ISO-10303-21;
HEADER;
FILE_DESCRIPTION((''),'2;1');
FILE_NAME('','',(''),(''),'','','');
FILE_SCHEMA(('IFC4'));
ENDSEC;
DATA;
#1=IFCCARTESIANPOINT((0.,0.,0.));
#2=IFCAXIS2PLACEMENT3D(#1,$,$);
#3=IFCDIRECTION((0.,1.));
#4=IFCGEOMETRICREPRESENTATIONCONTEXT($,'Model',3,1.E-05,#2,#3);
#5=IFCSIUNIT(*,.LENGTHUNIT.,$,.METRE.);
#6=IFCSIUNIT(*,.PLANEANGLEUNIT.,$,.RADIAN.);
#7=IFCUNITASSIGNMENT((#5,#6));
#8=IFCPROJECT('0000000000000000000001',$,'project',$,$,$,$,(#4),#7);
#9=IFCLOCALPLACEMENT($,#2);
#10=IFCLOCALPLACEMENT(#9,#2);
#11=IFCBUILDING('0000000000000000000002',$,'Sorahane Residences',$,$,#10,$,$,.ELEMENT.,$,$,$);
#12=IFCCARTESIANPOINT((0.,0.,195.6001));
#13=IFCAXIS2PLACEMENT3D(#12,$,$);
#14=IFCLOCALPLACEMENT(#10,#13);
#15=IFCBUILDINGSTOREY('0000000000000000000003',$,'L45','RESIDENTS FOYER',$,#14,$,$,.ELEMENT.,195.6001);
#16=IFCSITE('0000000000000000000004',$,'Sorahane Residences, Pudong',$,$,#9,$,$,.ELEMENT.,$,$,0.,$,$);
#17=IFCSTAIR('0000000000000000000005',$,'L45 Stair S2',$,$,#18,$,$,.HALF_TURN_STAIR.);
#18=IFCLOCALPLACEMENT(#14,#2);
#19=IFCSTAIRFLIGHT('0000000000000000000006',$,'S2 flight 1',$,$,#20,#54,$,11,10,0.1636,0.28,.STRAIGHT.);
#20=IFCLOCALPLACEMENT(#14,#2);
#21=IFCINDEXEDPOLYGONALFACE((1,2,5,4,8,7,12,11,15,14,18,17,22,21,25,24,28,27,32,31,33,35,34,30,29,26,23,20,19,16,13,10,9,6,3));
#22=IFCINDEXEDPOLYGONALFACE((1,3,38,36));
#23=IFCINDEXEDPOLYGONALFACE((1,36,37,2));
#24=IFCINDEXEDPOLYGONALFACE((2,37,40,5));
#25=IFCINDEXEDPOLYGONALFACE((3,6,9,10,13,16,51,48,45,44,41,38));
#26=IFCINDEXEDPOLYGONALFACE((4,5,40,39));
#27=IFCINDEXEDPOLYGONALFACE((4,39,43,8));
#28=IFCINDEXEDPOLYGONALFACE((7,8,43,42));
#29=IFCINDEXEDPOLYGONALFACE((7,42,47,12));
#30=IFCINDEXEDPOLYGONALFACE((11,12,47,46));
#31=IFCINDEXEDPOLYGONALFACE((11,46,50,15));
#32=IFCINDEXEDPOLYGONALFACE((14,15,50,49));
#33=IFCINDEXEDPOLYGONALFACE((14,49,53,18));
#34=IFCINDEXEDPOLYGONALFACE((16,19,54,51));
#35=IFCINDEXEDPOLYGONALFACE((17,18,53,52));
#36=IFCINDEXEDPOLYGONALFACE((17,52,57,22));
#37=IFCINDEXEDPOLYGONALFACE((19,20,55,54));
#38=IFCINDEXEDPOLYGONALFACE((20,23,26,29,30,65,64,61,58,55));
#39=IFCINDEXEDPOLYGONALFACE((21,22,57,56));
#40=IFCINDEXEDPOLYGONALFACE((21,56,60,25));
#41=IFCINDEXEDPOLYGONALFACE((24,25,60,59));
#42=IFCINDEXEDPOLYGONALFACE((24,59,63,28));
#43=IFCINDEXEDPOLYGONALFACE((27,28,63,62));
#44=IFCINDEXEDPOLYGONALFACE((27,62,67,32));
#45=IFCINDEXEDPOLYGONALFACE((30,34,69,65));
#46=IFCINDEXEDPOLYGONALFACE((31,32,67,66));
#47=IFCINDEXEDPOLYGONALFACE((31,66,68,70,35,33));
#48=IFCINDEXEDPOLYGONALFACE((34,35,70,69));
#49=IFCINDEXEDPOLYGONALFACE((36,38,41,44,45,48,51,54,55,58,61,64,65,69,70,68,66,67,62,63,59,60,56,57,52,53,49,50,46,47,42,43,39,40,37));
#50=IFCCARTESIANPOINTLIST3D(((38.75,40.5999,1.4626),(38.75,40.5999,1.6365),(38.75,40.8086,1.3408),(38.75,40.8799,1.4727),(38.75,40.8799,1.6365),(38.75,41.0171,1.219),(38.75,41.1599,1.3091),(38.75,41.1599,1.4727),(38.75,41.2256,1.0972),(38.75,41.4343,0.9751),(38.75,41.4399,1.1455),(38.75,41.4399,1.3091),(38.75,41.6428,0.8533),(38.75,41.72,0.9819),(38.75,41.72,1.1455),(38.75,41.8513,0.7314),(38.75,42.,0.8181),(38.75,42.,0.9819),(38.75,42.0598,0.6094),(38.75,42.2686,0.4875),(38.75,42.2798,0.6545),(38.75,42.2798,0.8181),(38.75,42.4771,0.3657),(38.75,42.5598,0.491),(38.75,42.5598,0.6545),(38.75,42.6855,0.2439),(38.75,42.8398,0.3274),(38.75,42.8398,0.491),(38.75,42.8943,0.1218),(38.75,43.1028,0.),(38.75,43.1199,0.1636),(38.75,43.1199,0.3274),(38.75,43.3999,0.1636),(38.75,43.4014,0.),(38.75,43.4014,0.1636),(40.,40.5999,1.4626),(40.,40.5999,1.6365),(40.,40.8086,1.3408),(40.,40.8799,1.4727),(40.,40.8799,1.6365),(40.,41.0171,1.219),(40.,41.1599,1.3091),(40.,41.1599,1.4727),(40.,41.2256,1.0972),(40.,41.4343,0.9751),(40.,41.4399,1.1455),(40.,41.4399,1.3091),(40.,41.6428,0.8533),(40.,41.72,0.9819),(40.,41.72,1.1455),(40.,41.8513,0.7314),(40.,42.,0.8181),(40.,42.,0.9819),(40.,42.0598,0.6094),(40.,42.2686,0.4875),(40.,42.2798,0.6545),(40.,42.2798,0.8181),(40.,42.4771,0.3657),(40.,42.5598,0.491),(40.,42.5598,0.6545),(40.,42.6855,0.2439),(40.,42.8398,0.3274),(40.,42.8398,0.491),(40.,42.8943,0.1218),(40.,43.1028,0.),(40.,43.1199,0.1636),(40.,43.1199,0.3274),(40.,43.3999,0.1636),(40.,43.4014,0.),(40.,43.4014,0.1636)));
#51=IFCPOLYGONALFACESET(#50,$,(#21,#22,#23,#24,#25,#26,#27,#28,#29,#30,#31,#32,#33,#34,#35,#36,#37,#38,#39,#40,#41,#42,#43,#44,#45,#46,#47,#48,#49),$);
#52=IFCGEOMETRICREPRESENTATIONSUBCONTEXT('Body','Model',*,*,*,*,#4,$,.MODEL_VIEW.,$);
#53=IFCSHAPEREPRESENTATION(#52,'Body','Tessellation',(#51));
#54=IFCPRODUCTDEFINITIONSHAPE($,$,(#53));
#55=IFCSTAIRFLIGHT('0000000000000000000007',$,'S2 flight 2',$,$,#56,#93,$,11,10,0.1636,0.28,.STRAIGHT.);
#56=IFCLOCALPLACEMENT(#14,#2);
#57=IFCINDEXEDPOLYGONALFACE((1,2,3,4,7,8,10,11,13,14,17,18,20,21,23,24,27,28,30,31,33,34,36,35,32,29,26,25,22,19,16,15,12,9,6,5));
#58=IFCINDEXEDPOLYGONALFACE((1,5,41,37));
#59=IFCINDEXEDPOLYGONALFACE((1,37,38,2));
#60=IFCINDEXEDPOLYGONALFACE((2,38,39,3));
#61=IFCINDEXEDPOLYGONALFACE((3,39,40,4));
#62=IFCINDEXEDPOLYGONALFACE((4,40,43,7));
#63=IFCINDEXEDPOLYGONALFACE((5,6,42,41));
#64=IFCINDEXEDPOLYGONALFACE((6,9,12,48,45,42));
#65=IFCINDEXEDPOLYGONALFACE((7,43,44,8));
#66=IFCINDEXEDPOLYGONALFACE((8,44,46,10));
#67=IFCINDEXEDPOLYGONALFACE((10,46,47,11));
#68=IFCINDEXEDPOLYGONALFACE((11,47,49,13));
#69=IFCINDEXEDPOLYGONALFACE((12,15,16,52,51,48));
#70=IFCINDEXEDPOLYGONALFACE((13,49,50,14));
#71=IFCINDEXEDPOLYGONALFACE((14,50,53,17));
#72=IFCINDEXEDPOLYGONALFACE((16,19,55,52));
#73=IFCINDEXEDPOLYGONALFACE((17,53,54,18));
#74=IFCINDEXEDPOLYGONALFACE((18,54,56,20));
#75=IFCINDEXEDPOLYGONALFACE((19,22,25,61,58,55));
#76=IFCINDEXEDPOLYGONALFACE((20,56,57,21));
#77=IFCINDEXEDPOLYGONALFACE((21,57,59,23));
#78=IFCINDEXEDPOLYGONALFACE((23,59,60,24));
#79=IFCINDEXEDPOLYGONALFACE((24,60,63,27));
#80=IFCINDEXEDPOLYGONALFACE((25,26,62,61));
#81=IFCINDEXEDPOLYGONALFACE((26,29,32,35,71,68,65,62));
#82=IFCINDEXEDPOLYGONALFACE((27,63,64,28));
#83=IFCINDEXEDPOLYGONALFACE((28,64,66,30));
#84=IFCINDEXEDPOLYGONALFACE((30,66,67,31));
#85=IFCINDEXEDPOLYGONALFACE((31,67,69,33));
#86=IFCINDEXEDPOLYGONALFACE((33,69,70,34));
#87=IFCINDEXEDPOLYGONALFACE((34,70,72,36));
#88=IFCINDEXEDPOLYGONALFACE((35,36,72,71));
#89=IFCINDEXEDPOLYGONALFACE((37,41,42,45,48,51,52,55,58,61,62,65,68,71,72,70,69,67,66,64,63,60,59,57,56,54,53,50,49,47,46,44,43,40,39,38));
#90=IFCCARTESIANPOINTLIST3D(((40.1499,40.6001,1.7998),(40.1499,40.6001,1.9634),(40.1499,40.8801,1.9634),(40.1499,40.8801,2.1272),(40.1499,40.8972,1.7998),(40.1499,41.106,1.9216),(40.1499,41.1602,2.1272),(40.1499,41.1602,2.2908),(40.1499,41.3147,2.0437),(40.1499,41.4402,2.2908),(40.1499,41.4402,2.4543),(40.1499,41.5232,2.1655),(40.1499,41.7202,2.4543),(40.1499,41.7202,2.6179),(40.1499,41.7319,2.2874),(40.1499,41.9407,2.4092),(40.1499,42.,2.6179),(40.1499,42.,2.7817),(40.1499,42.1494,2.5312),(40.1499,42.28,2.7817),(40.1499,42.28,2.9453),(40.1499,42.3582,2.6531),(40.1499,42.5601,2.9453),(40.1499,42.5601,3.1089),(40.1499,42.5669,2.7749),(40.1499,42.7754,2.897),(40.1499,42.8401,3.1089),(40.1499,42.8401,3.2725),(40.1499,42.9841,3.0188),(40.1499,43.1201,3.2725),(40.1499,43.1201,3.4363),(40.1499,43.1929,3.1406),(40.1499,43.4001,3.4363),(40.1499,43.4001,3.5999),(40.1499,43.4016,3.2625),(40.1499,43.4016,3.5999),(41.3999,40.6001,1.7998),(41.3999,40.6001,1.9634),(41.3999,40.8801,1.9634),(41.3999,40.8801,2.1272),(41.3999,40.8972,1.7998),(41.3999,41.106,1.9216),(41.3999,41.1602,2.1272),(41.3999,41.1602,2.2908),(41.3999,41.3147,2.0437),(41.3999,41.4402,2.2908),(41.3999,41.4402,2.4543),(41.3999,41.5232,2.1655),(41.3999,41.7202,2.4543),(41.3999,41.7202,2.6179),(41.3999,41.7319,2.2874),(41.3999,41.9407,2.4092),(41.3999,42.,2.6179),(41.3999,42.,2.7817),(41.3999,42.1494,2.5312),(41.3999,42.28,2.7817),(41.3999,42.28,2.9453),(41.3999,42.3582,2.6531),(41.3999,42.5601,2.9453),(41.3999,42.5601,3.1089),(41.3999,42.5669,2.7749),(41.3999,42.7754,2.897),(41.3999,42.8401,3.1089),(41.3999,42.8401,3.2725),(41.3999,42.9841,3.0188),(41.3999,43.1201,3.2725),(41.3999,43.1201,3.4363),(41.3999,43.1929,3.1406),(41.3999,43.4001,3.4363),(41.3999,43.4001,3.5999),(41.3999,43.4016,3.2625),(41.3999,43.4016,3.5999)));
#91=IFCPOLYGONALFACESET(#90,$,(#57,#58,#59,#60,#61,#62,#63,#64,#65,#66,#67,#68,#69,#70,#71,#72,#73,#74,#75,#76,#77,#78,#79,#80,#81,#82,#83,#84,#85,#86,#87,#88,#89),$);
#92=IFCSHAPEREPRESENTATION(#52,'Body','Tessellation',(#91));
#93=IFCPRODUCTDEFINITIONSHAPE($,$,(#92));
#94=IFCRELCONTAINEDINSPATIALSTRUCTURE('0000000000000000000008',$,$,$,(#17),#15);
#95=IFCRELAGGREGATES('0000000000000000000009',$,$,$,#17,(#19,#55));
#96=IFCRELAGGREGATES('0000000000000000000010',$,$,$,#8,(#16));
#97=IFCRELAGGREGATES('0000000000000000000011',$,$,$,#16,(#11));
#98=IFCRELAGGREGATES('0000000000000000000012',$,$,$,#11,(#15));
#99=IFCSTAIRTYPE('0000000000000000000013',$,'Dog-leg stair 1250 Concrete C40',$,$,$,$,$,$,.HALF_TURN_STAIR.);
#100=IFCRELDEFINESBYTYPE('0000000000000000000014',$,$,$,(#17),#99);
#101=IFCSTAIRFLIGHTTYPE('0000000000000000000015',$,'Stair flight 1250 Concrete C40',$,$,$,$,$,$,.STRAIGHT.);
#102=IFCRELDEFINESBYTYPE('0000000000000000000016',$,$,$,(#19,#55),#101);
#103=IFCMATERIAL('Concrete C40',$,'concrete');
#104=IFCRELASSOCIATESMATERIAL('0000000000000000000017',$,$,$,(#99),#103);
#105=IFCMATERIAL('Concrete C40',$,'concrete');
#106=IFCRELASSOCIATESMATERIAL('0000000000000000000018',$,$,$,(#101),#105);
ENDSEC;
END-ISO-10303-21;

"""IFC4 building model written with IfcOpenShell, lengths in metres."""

from ifc_helpers import new_model, si_unit, direction, frame, origin, place, context, subcontext, project, spatial, polyline, outline, extrude, material, type_object, element, aggregate, save


model = new_model("IFC4")

# Units and contexts
model_context = context("Model", 3, precision=1e-05, world=origin(), true_north=direction((0.0, 1.0)))
body_context = subcontext(model_context, "Body", "Model", "MODEL_VIEW")
ifc_project = project(units=[si_unit("LENGTHUNIT", "METRE"), si_unit("PLANEANGLEUNIT", "RADIAN")], contexts=[model_context])

# Site, building, storey
site_placement = place(None, origin())
site = spatial("IfcSite", under=ifc_project, at=site_placement, Name="Sorahane Residences, Pudong", CompositionType="ELEMENT", RefElevation=0.0)
building_placement = place(site_placement, origin())
building = spatial("IfcBuilding", under=site, at=building_placement, Name="Sorahane Residences", CompositionType="ELEMENT")
storey_placement = place(building_placement, frame((0.0, 0.0, 195.6001)))
storey = spatial("IfcBuildingStorey", under=building, at=storey_placement, Name="L45", Description="RESIDENTS FOYER", CompositionType="ELEMENT", Elevation=195.6001)

# Stair, stair flights
ifc_material_1 = material(Name="Concrete C40", Category="concrete")
stair_type = type_object("IfcStairType", Name="Dog-leg stair 1250 Concrete C40", PredefinedType="HALF_TURN_STAIR", material=ifc_material_1)
stair_placement = place(storey_placement, origin())
stair = element("IfcStair", 1, at=stair_placement, inside=storey, type_object=stair_type, Name="L45 Stair S2", PredefinedType="HALF_TURN_STAIR")
ifc_material_2 = material(Name="Concrete C40", Category="concrete")
stair_flight_type = type_object("IfcStairFlightType", Name="Stair flight 1250 Concrete C40", PredefinedType="STRAIGHT", material=ifc_material_2)
stair_flight_1_placement = place(storey_placement, frame((39.375, 43.3999, 0.0), z_axis=(0.0, 0.0, 1.0), x_axis=(0.0, -1.0, 0.0)))
stair_flight_1 = element("IfcStairFlight", 2, at=stair_flight_1_placement, type_object=stair_flight_type, Name="S2 flight 1", NumberOfRisers=11, NumberOfTreads=10, PredefinedType="STRAIGHT", RiserHeight=0.1636, TreadLength=0.28, context=body_context, shape_type="SweptSolid", body=[
    extrude(outline(polyline([(-0.0015, 0.0), (-0.0015, 0.1636), (0.0, 0.1636), (0.28, 0.1636), (0.28, 0.3274), (0.5601, 0.3274), (0.5601, 0.491), (0.8401, 0.491), (0.8401, 0.6545), (1.1201, 0.6545), (1.1201, 0.8181), (1.3999, 0.8181), (1.3999, 0.9819), (1.6799, 0.9819), (1.6799, 1.1455), (1.96, 1.1455), (1.96, 1.3091), (2.24, 1.3091), (2.24, 1.4727), (2.52, 1.4727), (2.52, 1.6365), (2.8, 1.6365), (2.8, 1.8), (2.8, 1.4626), (2.5913, 1.3408), (2.3828, 1.219), (2.1743, 1.0972), (1.9656, 0.9751), (1.7571, 0.8533), (1.5486, 0.7314), (1.3401, 0.6094), (1.1313, 0.4875), (0.9229, 0.3657), (0.7144, 0.2439), (0.5056, 0.1218), (0.2971, 0.0), (-0.0015, 0.0)])), frame((0.0, 0.625, 0.0), z_axis=(0.0, -1.0, 0.0), x_axis=(1.0, 0.0, 0.0)), (0.0, 0.0, 1.0), 1.25),
])
stair_flight_2_placement = place(storey_placement, frame((40.7749, 40.6001, 1.7998), z_axis=(0.0, 0.0, 1.0), x_axis=(0.0, 1.0, 0.0)))
stair_flight_2 = element("IfcStairFlight", 3, at=stair_flight_2_placement, type_object=stair_flight_type, Name="S2 flight 2", NumberOfRisers=11, NumberOfTreads=10, PredefinedType="STRAIGHT", RiserHeight=0.1636, TreadLength=0.28, context=body_context, shape_type="SweptSolid", body=[
    extrude(outline(polyline([(0.0, 0.0), (0.0, 0.1636), (0.28, 0.1636), (0.28, 0.3274), (0.5601, 0.3274), (0.5601, 0.491), (0.8401, 0.491), (0.8401, 0.6545), (1.1201, 0.6545), (1.1201, 0.8181), (1.3999, 0.8181), (1.3999, 0.9819), (1.6799, 0.9819), (1.6799, 1.1455), (1.96, 1.1455), (1.96, 1.3091), (2.24, 1.3091), (2.24, 1.4727), (2.52, 1.4727), (2.52, 1.6365), (2.8, 1.6365), (2.8, 1.8), (2.8015, 1.8), (2.8015, 1.4626), (2.5928, 1.3408), (2.384, 1.219), (2.1753, 1.0972), (1.9668, 0.9751), (1.7581, 0.8533), (1.5493, 0.7314), (1.3406, 0.6094), (1.1318, 0.4875), (0.9231, 0.3657), (0.7146, 0.2439), (0.5059, 0.1218), (0.2971, 0.0), (0.0, 0.0)])), frame((0.0, 0.625, 0.0), z_axis=(0.0, -1.0, 0.0), x_axis=(1.0, 0.0, 0.0)), (0.0, 0.0, 1.0), 1.25),
])
aggregate(stair, [stair_flight_1, stair_flight_2])

save(model, "model.ifc")
